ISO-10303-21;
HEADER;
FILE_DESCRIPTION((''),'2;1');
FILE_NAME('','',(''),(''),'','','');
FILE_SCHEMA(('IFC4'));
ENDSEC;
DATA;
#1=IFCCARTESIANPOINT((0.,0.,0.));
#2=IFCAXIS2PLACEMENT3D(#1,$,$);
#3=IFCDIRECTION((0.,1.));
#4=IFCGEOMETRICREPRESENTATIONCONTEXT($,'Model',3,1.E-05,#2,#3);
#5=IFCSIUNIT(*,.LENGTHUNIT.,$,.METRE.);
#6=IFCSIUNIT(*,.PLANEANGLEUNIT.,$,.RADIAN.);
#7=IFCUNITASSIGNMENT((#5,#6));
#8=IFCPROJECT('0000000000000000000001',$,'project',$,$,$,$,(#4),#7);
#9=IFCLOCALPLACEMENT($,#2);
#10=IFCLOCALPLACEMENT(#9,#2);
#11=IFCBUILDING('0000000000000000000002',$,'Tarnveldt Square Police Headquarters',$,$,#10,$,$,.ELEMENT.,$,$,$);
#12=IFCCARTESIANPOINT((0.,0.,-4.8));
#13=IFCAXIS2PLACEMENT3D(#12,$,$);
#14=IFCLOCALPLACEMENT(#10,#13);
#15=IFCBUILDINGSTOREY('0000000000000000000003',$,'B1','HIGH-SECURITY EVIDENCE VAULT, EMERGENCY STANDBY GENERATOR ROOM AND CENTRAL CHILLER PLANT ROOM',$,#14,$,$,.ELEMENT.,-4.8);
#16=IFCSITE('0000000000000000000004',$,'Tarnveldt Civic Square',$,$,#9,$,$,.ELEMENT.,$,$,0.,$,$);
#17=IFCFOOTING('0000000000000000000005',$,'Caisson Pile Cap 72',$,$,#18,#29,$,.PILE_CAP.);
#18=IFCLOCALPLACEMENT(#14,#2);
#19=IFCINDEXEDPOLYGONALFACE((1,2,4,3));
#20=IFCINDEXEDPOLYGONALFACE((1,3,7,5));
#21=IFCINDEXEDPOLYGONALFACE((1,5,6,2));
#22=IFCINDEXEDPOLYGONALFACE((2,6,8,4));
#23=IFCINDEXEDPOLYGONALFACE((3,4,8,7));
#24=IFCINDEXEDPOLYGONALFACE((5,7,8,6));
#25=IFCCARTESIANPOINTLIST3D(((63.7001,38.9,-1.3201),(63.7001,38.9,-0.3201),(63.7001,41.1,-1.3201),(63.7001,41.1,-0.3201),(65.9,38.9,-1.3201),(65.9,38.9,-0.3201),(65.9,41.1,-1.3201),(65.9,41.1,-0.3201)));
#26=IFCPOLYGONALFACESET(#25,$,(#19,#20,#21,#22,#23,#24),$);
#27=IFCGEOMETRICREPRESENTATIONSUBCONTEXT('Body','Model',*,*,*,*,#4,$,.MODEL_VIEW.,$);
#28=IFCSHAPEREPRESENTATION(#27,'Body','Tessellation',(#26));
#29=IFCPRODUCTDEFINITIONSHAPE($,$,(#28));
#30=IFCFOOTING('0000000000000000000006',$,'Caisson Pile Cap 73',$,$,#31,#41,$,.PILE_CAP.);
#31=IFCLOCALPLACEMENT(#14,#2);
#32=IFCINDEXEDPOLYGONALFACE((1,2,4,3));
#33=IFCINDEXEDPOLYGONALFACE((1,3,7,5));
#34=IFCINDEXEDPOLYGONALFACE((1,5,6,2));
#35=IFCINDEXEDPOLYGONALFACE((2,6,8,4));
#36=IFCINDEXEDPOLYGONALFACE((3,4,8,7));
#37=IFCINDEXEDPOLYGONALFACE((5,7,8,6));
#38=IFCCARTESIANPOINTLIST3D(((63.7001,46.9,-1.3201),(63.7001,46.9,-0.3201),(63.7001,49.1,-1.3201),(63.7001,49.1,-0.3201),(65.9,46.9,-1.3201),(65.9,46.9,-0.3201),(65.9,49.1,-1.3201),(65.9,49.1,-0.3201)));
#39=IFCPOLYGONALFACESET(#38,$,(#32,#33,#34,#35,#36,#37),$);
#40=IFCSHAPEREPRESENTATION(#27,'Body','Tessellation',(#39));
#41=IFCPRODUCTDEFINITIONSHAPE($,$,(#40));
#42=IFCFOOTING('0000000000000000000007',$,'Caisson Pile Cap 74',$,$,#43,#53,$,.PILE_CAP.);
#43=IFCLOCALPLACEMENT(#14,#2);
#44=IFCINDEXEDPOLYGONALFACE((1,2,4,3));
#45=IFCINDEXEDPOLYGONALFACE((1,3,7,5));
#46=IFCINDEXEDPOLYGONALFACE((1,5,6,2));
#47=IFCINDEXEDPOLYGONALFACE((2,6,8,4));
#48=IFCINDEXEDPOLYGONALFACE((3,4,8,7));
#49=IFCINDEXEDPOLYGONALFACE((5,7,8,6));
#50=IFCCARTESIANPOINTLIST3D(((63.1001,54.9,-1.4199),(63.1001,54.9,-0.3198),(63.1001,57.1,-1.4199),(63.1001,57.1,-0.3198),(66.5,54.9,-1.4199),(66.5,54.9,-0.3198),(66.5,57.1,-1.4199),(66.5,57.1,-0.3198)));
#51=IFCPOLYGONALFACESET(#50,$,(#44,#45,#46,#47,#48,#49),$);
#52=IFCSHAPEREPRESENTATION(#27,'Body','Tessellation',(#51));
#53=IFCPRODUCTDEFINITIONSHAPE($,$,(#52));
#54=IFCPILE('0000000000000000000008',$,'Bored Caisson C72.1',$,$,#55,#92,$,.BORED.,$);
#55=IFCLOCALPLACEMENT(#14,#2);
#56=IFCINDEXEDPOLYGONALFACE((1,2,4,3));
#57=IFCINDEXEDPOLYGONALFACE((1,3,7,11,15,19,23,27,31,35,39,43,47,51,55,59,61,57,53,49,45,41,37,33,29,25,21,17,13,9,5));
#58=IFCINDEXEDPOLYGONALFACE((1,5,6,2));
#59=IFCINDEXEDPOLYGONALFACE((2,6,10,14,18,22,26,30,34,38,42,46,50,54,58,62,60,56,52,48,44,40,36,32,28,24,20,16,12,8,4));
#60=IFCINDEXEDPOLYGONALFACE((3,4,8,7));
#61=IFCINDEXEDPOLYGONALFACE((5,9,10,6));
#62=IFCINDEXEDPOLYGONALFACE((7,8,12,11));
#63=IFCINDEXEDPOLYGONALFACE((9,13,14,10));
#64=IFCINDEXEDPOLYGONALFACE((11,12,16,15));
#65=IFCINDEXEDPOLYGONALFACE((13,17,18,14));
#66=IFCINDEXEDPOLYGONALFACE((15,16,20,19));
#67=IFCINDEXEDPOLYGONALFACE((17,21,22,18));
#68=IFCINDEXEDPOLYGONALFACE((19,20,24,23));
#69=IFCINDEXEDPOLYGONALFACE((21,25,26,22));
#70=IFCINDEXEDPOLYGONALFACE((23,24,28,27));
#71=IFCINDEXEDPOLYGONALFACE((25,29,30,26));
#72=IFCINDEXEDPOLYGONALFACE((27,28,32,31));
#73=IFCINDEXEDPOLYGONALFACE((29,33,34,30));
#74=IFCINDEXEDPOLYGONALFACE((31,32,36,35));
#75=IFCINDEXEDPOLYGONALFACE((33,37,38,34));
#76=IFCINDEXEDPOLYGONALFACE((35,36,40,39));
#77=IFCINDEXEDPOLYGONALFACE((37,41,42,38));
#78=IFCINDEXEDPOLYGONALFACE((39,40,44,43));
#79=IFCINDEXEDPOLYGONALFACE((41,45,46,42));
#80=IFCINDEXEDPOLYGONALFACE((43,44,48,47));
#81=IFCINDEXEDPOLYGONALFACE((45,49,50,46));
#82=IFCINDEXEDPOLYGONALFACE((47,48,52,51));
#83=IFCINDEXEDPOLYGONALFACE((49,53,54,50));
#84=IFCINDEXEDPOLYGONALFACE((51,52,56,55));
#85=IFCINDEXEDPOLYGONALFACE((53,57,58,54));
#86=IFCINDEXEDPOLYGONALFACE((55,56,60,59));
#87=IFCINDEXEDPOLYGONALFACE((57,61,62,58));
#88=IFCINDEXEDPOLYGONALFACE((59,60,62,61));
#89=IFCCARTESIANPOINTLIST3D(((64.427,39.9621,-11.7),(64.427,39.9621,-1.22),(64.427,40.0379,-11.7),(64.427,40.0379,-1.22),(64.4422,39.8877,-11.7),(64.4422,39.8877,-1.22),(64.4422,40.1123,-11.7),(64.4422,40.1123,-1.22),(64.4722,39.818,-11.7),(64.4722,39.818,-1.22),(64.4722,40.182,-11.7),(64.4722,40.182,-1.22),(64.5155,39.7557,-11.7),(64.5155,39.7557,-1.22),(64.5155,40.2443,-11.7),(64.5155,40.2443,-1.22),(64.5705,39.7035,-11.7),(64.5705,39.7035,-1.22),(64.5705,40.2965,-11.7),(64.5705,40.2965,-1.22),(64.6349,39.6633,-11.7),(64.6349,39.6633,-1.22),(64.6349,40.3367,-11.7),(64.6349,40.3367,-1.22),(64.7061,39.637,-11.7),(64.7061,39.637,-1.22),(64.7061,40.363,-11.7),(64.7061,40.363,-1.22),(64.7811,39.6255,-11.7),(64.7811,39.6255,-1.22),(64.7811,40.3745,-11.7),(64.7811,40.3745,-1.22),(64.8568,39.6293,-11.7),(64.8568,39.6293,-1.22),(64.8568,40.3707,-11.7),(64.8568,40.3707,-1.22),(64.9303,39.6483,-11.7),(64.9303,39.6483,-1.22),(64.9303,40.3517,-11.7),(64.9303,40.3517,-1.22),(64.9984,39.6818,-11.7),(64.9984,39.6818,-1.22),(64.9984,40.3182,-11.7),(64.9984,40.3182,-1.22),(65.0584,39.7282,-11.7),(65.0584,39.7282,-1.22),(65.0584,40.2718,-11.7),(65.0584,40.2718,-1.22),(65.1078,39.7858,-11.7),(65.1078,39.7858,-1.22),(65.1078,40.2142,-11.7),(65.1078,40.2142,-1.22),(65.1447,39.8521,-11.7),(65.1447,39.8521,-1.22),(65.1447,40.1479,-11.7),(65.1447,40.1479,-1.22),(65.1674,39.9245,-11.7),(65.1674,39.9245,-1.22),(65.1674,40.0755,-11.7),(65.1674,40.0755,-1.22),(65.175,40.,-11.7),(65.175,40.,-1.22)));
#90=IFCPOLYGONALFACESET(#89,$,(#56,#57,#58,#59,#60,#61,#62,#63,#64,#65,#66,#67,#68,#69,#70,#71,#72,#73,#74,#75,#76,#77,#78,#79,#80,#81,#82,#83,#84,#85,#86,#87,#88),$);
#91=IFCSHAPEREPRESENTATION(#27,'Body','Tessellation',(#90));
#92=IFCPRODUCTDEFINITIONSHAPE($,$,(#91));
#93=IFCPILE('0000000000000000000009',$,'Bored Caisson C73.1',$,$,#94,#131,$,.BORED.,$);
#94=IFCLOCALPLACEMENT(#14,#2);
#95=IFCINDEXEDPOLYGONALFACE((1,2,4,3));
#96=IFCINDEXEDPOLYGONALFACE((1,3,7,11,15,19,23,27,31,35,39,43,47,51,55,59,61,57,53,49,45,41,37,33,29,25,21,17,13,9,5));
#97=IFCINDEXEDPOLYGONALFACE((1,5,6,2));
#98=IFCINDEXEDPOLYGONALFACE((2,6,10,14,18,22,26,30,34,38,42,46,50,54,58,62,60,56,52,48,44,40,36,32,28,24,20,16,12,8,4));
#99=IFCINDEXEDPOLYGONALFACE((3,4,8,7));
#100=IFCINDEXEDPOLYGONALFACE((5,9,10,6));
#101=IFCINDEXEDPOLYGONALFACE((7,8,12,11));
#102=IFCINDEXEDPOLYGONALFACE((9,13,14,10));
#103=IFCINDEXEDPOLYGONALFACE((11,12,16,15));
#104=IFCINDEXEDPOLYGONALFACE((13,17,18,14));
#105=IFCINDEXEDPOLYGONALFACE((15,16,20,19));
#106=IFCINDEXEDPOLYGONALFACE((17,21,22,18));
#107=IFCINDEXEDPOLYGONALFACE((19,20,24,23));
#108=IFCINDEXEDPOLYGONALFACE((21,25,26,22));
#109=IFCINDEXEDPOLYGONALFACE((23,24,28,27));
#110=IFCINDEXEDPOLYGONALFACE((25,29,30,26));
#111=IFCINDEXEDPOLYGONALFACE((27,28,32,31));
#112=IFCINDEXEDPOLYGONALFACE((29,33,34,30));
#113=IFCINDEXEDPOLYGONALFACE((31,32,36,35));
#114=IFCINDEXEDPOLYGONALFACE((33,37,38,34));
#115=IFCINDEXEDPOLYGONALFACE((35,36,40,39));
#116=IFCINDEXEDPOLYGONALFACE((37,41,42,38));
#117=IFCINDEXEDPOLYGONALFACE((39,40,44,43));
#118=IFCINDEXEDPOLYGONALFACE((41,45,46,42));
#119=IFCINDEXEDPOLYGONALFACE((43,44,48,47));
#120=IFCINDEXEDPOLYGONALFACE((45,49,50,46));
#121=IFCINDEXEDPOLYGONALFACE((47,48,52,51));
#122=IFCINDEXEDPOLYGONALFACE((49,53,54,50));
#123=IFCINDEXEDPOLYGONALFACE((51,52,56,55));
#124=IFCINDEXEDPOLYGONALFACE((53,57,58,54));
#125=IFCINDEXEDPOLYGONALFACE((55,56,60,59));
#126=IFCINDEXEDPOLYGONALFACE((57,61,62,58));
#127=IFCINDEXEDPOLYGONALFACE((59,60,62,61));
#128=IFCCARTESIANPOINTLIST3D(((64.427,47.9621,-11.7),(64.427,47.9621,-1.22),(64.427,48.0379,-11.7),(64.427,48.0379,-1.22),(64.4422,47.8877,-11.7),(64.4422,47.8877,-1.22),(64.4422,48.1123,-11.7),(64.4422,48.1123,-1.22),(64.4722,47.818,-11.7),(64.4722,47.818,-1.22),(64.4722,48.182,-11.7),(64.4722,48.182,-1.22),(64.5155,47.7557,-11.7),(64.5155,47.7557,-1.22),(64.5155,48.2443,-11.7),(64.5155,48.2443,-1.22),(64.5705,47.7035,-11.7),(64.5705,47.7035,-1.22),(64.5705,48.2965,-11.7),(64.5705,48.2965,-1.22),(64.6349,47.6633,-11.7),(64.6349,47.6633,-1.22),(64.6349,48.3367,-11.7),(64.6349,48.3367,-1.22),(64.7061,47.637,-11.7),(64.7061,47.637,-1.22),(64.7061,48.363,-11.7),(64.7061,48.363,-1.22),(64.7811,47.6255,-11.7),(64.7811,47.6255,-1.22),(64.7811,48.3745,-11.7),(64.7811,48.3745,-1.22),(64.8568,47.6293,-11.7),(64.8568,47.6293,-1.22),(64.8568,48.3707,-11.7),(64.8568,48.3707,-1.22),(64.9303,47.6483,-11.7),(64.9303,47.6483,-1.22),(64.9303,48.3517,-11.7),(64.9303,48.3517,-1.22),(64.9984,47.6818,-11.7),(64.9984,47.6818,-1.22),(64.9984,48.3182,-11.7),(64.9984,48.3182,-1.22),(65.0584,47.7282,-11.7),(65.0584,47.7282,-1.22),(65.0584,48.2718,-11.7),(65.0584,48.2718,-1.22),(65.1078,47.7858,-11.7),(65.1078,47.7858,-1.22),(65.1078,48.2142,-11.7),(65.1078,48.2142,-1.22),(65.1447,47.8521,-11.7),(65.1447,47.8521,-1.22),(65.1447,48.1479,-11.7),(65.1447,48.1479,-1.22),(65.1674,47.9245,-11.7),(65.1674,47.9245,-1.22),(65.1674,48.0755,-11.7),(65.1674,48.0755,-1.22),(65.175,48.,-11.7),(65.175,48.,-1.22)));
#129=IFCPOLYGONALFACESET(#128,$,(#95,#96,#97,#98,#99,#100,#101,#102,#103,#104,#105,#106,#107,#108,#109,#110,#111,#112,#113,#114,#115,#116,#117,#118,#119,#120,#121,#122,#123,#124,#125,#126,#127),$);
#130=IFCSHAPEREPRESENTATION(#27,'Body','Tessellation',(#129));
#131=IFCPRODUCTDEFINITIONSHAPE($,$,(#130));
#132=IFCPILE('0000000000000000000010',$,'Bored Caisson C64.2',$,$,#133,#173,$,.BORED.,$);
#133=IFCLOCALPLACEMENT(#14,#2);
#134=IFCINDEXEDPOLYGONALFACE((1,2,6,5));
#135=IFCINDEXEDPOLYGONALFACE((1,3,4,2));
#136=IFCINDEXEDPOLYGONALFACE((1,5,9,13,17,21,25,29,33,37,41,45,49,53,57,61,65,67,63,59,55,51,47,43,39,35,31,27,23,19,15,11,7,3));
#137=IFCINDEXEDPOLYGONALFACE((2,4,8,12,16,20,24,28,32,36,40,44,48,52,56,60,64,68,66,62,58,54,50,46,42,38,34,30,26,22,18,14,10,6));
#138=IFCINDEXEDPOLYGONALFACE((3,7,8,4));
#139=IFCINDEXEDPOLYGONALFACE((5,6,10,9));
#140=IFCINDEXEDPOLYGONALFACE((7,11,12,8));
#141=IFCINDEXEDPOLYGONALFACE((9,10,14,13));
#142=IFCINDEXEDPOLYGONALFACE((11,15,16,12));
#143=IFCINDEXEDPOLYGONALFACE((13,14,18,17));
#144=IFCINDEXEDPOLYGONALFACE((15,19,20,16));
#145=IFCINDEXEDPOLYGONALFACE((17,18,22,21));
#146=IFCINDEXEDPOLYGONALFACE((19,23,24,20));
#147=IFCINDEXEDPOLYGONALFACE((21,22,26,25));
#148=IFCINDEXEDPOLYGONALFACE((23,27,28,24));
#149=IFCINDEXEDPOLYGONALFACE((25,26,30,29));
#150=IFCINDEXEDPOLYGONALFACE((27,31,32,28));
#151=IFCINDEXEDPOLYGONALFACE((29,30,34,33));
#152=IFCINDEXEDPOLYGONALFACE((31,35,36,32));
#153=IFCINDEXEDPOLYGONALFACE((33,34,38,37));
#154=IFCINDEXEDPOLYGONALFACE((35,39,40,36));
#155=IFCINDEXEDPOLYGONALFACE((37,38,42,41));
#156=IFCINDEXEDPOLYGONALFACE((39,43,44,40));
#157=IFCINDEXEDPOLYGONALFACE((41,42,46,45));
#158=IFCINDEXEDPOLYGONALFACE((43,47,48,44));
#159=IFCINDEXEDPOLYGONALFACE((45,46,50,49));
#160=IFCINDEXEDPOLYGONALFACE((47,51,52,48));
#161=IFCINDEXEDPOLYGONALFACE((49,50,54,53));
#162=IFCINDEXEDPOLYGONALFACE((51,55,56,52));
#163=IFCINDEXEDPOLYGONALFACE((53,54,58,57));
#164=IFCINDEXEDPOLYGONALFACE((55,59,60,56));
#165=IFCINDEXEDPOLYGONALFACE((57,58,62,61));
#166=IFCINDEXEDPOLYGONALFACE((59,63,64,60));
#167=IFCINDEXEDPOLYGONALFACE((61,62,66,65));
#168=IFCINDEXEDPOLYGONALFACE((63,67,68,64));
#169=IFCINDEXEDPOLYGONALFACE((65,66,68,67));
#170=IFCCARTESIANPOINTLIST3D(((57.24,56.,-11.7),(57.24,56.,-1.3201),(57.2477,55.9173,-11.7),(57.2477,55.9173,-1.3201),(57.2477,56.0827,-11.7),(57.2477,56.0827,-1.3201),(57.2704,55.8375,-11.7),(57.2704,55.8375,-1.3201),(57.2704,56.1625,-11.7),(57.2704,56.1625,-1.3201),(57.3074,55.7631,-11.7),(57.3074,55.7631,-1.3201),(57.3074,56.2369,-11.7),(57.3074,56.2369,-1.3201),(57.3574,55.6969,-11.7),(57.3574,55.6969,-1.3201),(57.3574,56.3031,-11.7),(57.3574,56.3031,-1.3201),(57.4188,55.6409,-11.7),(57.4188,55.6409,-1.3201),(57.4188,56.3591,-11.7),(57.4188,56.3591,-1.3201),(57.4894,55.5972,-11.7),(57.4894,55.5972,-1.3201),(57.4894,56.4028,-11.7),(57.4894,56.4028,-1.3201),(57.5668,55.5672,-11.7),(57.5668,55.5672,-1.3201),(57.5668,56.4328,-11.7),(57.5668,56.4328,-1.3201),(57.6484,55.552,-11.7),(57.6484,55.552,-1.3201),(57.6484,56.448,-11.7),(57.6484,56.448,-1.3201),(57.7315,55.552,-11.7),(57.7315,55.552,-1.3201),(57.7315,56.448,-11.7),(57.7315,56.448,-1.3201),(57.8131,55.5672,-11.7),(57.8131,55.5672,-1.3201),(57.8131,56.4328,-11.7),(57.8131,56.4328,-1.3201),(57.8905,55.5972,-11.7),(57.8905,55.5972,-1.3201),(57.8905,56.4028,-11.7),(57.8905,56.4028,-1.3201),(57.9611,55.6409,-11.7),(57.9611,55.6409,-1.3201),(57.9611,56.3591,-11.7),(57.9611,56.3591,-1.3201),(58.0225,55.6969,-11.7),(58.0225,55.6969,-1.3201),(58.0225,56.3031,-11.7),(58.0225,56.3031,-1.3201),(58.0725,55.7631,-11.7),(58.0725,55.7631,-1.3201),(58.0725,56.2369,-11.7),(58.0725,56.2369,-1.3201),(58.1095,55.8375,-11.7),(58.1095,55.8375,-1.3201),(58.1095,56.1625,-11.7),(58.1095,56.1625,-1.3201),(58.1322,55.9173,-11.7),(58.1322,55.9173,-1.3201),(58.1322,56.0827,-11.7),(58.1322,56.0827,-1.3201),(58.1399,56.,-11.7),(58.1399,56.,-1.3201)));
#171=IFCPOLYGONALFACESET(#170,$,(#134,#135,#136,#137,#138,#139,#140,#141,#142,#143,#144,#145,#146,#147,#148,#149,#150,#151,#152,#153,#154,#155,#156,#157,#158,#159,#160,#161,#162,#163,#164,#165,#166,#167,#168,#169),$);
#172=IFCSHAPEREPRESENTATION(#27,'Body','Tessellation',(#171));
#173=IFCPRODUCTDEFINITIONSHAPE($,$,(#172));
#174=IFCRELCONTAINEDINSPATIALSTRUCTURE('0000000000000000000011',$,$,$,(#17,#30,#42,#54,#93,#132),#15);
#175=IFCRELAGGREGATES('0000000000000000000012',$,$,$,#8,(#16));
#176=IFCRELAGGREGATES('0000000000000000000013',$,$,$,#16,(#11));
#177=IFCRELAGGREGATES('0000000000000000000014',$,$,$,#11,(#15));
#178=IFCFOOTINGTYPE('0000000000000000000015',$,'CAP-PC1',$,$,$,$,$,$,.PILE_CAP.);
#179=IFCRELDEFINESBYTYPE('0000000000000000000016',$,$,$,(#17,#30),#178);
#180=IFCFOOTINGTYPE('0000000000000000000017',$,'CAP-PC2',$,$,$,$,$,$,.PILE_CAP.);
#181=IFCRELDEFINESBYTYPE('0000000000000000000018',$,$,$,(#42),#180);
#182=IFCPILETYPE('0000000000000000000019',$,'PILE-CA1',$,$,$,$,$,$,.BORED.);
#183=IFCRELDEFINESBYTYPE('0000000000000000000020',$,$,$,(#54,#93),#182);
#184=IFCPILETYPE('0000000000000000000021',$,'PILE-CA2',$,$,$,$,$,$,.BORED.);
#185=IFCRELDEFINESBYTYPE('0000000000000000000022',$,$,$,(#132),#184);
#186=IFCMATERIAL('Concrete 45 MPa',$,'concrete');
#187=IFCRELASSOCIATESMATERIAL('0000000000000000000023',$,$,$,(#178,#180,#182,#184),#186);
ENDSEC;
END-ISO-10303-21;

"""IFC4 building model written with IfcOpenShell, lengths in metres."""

from ifc_helpers import new_model, si_unit, direction, frame, origin, origin_2d, place, context, subcontext, project, spatial, rectangle, circle, extrude, material, material_profile, profile_set, type_object, element, save


model = new_model("IFC4")

# Units and contexts
model_context = context("Model", 3, precision=1e-05, world=origin(), true_north=direction((0.0, 1.0)))
body_context = subcontext(model_context, "Body", "Model", "MODEL_VIEW")
ifc_project = project(units=[si_unit("LENGTHUNIT", "METRE"), si_unit("PLANEANGLEUNIT", "RADIAN")], contexts=[model_context])

# Site, building, storey
site_placement = place(None, origin())
site = spatial("IfcSite", under=ifc_project, at=site_placement, Name="Tarnveldt Civic Square", CompositionType="ELEMENT", RefElevation=0.0)
building_placement = place(site_placement, origin())
building = spatial("IfcBuilding", under=site, at=building_placement, Name="Tarnveldt Square Police Headquarters", CompositionType="ELEMENT")
storey_placement = place(building_placement, frame((0.0, 0.0, -4.8)))
storey = spatial("IfcBuildingStorey", under=building, at=storey_placement, Name="B1", Description="HIGH-SECURITY EVIDENCE VAULT, EMERGENCY STANDBY GENERATOR ROOM AND CENTRAL CHILLER PLANT ROOM", CompositionType="ELEMENT", Elevation=-4.8)

# Footings
ifc_material_1 = material(Name="Concrete 45 MPa", Category="concrete")
footing_type_1 = type_object("IfcFootingType", Name="CAP-PC1", PredefinedType="PILE_CAP", material=ifc_material_1)
for number, where, z_axis, x_axis, name in (
    (1, (64.8, 40.0, -1.3201), (0.0, 0.0, 1.0), (1.0, 0.0, 0.0), "Caisson Pile Cap 72"),
    (2, (64.8, 48.0, -1.3201), (0.0, 0.0, 1.0), (1.0, 0.0, 0.0), "Caisson Pile Cap 73"),
):
    element("IfcFooting", number, at=place(storey_placement, frame(where, z_axis=z_axis, x_axis=x_axis)), inside=storey, type_object=footing_type_1, Name=name, PredefinedType="PILE_CAP", context=body_context, shape_type="SweptSolid", body=[
        extrude(rectangle(XDim=2.2, YDim=2.2, at=origin_2d()), origin(), (0.0, 0.0, 1.0), 1.0),
    ])
footing_type_2 = type_object("IfcFootingType", Name="CAP-PC2", PredefinedType="PILE_CAP", material=ifc_material_1)
footing_placement = place(storey_placement, frame((64.8, 56.0, -1.4199), z_axis=(0.0, 0.0, 1.0), x_axis=(1.0, 0.0, 0.0)))
element("IfcFooting", 3, at=footing_placement, inside=storey, type_object=footing_type_2, Name="Caisson Pile Cap 74", PredefinedType="PILE_CAP", context=body_context, shape_type="SweptSolid", body=[
    extrude(rectangle(XDim=3.3999, YDim=2.2, at=origin_2d()), origin(), (0.0, 0.0, 1.0), 1.1001),
])

# Piles
ifc_material_profile_1 = material_profile(ifc_material_1, circle(Radius=0.375, at=origin_2d()), Name="CAISSON-D750")
ifc_profile_set_1 = profile_set([ifc_material_profile_1], Name="Concrete 45 MPa")
pile_type_1 = type_object("IfcPileType", Name="PILE-CA1", PredefinedType="BORED", material=ifc_profile_set_1)
for number, where, z_axis, x_axis, name in (
    (4, (64.8, 40.0, -1.22), (0.0, 0.0, -1.0), (1.0, 0.0, 0.0), "Bored Caisson C72.1"),
    (5, (64.8, 48.0, -1.22), (0.0, 0.0, -1.0), (1.0, 0.0, 0.0), "Bored Caisson C73.1"),
):
    element("IfcPile", number, at=place(storey_placement, frame(where, z_axis=z_axis, x_axis=x_axis)), inside=storey, type_object=pile_type_1, Name=name, PredefinedType="BORED", context=body_context, shape_type="SweptSolid", body=[
        extrude(circle(Radius=0.375, at=origin_2d()), origin(), (0.0, 0.0, 1.0), 10.48),
    ])
ifc_material_profile_2 = material_profile(ifc_material_1, circle(Radius=0.45, at=origin_2d()), Name="CAISSON-D900")
ifc_profile_set_2 = profile_set([ifc_material_profile_2], Name="Concrete 45 MPa")
pile_type_2 = type_object("IfcPileType", Name="PILE-CA2", PredefinedType="BORED", material=ifc_profile_set_2)
for number, where, z_axis, x_axis, name in (
    (6, (57.6899, 56.0, -1.3201), (0.0, 0.0, -1.0), (1.0, 0.0, 0.0), "Bored Caisson C64.2"),
):
    element("IfcPile", number, at=place(storey_placement, frame(where, z_axis=z_axis, x_axis=x_axis)), inside=storey, type_object=pile_type_2, Name=name, PredefinedType="BORED", context=body_context, shape_type="SweptSolid", body=[
        extrude(circle(Radius=0.45, at=origin_2d()), origin(), (0.0, 0.0, 1.0), 10.3799),
    ])

save(model, "model.ifc")
